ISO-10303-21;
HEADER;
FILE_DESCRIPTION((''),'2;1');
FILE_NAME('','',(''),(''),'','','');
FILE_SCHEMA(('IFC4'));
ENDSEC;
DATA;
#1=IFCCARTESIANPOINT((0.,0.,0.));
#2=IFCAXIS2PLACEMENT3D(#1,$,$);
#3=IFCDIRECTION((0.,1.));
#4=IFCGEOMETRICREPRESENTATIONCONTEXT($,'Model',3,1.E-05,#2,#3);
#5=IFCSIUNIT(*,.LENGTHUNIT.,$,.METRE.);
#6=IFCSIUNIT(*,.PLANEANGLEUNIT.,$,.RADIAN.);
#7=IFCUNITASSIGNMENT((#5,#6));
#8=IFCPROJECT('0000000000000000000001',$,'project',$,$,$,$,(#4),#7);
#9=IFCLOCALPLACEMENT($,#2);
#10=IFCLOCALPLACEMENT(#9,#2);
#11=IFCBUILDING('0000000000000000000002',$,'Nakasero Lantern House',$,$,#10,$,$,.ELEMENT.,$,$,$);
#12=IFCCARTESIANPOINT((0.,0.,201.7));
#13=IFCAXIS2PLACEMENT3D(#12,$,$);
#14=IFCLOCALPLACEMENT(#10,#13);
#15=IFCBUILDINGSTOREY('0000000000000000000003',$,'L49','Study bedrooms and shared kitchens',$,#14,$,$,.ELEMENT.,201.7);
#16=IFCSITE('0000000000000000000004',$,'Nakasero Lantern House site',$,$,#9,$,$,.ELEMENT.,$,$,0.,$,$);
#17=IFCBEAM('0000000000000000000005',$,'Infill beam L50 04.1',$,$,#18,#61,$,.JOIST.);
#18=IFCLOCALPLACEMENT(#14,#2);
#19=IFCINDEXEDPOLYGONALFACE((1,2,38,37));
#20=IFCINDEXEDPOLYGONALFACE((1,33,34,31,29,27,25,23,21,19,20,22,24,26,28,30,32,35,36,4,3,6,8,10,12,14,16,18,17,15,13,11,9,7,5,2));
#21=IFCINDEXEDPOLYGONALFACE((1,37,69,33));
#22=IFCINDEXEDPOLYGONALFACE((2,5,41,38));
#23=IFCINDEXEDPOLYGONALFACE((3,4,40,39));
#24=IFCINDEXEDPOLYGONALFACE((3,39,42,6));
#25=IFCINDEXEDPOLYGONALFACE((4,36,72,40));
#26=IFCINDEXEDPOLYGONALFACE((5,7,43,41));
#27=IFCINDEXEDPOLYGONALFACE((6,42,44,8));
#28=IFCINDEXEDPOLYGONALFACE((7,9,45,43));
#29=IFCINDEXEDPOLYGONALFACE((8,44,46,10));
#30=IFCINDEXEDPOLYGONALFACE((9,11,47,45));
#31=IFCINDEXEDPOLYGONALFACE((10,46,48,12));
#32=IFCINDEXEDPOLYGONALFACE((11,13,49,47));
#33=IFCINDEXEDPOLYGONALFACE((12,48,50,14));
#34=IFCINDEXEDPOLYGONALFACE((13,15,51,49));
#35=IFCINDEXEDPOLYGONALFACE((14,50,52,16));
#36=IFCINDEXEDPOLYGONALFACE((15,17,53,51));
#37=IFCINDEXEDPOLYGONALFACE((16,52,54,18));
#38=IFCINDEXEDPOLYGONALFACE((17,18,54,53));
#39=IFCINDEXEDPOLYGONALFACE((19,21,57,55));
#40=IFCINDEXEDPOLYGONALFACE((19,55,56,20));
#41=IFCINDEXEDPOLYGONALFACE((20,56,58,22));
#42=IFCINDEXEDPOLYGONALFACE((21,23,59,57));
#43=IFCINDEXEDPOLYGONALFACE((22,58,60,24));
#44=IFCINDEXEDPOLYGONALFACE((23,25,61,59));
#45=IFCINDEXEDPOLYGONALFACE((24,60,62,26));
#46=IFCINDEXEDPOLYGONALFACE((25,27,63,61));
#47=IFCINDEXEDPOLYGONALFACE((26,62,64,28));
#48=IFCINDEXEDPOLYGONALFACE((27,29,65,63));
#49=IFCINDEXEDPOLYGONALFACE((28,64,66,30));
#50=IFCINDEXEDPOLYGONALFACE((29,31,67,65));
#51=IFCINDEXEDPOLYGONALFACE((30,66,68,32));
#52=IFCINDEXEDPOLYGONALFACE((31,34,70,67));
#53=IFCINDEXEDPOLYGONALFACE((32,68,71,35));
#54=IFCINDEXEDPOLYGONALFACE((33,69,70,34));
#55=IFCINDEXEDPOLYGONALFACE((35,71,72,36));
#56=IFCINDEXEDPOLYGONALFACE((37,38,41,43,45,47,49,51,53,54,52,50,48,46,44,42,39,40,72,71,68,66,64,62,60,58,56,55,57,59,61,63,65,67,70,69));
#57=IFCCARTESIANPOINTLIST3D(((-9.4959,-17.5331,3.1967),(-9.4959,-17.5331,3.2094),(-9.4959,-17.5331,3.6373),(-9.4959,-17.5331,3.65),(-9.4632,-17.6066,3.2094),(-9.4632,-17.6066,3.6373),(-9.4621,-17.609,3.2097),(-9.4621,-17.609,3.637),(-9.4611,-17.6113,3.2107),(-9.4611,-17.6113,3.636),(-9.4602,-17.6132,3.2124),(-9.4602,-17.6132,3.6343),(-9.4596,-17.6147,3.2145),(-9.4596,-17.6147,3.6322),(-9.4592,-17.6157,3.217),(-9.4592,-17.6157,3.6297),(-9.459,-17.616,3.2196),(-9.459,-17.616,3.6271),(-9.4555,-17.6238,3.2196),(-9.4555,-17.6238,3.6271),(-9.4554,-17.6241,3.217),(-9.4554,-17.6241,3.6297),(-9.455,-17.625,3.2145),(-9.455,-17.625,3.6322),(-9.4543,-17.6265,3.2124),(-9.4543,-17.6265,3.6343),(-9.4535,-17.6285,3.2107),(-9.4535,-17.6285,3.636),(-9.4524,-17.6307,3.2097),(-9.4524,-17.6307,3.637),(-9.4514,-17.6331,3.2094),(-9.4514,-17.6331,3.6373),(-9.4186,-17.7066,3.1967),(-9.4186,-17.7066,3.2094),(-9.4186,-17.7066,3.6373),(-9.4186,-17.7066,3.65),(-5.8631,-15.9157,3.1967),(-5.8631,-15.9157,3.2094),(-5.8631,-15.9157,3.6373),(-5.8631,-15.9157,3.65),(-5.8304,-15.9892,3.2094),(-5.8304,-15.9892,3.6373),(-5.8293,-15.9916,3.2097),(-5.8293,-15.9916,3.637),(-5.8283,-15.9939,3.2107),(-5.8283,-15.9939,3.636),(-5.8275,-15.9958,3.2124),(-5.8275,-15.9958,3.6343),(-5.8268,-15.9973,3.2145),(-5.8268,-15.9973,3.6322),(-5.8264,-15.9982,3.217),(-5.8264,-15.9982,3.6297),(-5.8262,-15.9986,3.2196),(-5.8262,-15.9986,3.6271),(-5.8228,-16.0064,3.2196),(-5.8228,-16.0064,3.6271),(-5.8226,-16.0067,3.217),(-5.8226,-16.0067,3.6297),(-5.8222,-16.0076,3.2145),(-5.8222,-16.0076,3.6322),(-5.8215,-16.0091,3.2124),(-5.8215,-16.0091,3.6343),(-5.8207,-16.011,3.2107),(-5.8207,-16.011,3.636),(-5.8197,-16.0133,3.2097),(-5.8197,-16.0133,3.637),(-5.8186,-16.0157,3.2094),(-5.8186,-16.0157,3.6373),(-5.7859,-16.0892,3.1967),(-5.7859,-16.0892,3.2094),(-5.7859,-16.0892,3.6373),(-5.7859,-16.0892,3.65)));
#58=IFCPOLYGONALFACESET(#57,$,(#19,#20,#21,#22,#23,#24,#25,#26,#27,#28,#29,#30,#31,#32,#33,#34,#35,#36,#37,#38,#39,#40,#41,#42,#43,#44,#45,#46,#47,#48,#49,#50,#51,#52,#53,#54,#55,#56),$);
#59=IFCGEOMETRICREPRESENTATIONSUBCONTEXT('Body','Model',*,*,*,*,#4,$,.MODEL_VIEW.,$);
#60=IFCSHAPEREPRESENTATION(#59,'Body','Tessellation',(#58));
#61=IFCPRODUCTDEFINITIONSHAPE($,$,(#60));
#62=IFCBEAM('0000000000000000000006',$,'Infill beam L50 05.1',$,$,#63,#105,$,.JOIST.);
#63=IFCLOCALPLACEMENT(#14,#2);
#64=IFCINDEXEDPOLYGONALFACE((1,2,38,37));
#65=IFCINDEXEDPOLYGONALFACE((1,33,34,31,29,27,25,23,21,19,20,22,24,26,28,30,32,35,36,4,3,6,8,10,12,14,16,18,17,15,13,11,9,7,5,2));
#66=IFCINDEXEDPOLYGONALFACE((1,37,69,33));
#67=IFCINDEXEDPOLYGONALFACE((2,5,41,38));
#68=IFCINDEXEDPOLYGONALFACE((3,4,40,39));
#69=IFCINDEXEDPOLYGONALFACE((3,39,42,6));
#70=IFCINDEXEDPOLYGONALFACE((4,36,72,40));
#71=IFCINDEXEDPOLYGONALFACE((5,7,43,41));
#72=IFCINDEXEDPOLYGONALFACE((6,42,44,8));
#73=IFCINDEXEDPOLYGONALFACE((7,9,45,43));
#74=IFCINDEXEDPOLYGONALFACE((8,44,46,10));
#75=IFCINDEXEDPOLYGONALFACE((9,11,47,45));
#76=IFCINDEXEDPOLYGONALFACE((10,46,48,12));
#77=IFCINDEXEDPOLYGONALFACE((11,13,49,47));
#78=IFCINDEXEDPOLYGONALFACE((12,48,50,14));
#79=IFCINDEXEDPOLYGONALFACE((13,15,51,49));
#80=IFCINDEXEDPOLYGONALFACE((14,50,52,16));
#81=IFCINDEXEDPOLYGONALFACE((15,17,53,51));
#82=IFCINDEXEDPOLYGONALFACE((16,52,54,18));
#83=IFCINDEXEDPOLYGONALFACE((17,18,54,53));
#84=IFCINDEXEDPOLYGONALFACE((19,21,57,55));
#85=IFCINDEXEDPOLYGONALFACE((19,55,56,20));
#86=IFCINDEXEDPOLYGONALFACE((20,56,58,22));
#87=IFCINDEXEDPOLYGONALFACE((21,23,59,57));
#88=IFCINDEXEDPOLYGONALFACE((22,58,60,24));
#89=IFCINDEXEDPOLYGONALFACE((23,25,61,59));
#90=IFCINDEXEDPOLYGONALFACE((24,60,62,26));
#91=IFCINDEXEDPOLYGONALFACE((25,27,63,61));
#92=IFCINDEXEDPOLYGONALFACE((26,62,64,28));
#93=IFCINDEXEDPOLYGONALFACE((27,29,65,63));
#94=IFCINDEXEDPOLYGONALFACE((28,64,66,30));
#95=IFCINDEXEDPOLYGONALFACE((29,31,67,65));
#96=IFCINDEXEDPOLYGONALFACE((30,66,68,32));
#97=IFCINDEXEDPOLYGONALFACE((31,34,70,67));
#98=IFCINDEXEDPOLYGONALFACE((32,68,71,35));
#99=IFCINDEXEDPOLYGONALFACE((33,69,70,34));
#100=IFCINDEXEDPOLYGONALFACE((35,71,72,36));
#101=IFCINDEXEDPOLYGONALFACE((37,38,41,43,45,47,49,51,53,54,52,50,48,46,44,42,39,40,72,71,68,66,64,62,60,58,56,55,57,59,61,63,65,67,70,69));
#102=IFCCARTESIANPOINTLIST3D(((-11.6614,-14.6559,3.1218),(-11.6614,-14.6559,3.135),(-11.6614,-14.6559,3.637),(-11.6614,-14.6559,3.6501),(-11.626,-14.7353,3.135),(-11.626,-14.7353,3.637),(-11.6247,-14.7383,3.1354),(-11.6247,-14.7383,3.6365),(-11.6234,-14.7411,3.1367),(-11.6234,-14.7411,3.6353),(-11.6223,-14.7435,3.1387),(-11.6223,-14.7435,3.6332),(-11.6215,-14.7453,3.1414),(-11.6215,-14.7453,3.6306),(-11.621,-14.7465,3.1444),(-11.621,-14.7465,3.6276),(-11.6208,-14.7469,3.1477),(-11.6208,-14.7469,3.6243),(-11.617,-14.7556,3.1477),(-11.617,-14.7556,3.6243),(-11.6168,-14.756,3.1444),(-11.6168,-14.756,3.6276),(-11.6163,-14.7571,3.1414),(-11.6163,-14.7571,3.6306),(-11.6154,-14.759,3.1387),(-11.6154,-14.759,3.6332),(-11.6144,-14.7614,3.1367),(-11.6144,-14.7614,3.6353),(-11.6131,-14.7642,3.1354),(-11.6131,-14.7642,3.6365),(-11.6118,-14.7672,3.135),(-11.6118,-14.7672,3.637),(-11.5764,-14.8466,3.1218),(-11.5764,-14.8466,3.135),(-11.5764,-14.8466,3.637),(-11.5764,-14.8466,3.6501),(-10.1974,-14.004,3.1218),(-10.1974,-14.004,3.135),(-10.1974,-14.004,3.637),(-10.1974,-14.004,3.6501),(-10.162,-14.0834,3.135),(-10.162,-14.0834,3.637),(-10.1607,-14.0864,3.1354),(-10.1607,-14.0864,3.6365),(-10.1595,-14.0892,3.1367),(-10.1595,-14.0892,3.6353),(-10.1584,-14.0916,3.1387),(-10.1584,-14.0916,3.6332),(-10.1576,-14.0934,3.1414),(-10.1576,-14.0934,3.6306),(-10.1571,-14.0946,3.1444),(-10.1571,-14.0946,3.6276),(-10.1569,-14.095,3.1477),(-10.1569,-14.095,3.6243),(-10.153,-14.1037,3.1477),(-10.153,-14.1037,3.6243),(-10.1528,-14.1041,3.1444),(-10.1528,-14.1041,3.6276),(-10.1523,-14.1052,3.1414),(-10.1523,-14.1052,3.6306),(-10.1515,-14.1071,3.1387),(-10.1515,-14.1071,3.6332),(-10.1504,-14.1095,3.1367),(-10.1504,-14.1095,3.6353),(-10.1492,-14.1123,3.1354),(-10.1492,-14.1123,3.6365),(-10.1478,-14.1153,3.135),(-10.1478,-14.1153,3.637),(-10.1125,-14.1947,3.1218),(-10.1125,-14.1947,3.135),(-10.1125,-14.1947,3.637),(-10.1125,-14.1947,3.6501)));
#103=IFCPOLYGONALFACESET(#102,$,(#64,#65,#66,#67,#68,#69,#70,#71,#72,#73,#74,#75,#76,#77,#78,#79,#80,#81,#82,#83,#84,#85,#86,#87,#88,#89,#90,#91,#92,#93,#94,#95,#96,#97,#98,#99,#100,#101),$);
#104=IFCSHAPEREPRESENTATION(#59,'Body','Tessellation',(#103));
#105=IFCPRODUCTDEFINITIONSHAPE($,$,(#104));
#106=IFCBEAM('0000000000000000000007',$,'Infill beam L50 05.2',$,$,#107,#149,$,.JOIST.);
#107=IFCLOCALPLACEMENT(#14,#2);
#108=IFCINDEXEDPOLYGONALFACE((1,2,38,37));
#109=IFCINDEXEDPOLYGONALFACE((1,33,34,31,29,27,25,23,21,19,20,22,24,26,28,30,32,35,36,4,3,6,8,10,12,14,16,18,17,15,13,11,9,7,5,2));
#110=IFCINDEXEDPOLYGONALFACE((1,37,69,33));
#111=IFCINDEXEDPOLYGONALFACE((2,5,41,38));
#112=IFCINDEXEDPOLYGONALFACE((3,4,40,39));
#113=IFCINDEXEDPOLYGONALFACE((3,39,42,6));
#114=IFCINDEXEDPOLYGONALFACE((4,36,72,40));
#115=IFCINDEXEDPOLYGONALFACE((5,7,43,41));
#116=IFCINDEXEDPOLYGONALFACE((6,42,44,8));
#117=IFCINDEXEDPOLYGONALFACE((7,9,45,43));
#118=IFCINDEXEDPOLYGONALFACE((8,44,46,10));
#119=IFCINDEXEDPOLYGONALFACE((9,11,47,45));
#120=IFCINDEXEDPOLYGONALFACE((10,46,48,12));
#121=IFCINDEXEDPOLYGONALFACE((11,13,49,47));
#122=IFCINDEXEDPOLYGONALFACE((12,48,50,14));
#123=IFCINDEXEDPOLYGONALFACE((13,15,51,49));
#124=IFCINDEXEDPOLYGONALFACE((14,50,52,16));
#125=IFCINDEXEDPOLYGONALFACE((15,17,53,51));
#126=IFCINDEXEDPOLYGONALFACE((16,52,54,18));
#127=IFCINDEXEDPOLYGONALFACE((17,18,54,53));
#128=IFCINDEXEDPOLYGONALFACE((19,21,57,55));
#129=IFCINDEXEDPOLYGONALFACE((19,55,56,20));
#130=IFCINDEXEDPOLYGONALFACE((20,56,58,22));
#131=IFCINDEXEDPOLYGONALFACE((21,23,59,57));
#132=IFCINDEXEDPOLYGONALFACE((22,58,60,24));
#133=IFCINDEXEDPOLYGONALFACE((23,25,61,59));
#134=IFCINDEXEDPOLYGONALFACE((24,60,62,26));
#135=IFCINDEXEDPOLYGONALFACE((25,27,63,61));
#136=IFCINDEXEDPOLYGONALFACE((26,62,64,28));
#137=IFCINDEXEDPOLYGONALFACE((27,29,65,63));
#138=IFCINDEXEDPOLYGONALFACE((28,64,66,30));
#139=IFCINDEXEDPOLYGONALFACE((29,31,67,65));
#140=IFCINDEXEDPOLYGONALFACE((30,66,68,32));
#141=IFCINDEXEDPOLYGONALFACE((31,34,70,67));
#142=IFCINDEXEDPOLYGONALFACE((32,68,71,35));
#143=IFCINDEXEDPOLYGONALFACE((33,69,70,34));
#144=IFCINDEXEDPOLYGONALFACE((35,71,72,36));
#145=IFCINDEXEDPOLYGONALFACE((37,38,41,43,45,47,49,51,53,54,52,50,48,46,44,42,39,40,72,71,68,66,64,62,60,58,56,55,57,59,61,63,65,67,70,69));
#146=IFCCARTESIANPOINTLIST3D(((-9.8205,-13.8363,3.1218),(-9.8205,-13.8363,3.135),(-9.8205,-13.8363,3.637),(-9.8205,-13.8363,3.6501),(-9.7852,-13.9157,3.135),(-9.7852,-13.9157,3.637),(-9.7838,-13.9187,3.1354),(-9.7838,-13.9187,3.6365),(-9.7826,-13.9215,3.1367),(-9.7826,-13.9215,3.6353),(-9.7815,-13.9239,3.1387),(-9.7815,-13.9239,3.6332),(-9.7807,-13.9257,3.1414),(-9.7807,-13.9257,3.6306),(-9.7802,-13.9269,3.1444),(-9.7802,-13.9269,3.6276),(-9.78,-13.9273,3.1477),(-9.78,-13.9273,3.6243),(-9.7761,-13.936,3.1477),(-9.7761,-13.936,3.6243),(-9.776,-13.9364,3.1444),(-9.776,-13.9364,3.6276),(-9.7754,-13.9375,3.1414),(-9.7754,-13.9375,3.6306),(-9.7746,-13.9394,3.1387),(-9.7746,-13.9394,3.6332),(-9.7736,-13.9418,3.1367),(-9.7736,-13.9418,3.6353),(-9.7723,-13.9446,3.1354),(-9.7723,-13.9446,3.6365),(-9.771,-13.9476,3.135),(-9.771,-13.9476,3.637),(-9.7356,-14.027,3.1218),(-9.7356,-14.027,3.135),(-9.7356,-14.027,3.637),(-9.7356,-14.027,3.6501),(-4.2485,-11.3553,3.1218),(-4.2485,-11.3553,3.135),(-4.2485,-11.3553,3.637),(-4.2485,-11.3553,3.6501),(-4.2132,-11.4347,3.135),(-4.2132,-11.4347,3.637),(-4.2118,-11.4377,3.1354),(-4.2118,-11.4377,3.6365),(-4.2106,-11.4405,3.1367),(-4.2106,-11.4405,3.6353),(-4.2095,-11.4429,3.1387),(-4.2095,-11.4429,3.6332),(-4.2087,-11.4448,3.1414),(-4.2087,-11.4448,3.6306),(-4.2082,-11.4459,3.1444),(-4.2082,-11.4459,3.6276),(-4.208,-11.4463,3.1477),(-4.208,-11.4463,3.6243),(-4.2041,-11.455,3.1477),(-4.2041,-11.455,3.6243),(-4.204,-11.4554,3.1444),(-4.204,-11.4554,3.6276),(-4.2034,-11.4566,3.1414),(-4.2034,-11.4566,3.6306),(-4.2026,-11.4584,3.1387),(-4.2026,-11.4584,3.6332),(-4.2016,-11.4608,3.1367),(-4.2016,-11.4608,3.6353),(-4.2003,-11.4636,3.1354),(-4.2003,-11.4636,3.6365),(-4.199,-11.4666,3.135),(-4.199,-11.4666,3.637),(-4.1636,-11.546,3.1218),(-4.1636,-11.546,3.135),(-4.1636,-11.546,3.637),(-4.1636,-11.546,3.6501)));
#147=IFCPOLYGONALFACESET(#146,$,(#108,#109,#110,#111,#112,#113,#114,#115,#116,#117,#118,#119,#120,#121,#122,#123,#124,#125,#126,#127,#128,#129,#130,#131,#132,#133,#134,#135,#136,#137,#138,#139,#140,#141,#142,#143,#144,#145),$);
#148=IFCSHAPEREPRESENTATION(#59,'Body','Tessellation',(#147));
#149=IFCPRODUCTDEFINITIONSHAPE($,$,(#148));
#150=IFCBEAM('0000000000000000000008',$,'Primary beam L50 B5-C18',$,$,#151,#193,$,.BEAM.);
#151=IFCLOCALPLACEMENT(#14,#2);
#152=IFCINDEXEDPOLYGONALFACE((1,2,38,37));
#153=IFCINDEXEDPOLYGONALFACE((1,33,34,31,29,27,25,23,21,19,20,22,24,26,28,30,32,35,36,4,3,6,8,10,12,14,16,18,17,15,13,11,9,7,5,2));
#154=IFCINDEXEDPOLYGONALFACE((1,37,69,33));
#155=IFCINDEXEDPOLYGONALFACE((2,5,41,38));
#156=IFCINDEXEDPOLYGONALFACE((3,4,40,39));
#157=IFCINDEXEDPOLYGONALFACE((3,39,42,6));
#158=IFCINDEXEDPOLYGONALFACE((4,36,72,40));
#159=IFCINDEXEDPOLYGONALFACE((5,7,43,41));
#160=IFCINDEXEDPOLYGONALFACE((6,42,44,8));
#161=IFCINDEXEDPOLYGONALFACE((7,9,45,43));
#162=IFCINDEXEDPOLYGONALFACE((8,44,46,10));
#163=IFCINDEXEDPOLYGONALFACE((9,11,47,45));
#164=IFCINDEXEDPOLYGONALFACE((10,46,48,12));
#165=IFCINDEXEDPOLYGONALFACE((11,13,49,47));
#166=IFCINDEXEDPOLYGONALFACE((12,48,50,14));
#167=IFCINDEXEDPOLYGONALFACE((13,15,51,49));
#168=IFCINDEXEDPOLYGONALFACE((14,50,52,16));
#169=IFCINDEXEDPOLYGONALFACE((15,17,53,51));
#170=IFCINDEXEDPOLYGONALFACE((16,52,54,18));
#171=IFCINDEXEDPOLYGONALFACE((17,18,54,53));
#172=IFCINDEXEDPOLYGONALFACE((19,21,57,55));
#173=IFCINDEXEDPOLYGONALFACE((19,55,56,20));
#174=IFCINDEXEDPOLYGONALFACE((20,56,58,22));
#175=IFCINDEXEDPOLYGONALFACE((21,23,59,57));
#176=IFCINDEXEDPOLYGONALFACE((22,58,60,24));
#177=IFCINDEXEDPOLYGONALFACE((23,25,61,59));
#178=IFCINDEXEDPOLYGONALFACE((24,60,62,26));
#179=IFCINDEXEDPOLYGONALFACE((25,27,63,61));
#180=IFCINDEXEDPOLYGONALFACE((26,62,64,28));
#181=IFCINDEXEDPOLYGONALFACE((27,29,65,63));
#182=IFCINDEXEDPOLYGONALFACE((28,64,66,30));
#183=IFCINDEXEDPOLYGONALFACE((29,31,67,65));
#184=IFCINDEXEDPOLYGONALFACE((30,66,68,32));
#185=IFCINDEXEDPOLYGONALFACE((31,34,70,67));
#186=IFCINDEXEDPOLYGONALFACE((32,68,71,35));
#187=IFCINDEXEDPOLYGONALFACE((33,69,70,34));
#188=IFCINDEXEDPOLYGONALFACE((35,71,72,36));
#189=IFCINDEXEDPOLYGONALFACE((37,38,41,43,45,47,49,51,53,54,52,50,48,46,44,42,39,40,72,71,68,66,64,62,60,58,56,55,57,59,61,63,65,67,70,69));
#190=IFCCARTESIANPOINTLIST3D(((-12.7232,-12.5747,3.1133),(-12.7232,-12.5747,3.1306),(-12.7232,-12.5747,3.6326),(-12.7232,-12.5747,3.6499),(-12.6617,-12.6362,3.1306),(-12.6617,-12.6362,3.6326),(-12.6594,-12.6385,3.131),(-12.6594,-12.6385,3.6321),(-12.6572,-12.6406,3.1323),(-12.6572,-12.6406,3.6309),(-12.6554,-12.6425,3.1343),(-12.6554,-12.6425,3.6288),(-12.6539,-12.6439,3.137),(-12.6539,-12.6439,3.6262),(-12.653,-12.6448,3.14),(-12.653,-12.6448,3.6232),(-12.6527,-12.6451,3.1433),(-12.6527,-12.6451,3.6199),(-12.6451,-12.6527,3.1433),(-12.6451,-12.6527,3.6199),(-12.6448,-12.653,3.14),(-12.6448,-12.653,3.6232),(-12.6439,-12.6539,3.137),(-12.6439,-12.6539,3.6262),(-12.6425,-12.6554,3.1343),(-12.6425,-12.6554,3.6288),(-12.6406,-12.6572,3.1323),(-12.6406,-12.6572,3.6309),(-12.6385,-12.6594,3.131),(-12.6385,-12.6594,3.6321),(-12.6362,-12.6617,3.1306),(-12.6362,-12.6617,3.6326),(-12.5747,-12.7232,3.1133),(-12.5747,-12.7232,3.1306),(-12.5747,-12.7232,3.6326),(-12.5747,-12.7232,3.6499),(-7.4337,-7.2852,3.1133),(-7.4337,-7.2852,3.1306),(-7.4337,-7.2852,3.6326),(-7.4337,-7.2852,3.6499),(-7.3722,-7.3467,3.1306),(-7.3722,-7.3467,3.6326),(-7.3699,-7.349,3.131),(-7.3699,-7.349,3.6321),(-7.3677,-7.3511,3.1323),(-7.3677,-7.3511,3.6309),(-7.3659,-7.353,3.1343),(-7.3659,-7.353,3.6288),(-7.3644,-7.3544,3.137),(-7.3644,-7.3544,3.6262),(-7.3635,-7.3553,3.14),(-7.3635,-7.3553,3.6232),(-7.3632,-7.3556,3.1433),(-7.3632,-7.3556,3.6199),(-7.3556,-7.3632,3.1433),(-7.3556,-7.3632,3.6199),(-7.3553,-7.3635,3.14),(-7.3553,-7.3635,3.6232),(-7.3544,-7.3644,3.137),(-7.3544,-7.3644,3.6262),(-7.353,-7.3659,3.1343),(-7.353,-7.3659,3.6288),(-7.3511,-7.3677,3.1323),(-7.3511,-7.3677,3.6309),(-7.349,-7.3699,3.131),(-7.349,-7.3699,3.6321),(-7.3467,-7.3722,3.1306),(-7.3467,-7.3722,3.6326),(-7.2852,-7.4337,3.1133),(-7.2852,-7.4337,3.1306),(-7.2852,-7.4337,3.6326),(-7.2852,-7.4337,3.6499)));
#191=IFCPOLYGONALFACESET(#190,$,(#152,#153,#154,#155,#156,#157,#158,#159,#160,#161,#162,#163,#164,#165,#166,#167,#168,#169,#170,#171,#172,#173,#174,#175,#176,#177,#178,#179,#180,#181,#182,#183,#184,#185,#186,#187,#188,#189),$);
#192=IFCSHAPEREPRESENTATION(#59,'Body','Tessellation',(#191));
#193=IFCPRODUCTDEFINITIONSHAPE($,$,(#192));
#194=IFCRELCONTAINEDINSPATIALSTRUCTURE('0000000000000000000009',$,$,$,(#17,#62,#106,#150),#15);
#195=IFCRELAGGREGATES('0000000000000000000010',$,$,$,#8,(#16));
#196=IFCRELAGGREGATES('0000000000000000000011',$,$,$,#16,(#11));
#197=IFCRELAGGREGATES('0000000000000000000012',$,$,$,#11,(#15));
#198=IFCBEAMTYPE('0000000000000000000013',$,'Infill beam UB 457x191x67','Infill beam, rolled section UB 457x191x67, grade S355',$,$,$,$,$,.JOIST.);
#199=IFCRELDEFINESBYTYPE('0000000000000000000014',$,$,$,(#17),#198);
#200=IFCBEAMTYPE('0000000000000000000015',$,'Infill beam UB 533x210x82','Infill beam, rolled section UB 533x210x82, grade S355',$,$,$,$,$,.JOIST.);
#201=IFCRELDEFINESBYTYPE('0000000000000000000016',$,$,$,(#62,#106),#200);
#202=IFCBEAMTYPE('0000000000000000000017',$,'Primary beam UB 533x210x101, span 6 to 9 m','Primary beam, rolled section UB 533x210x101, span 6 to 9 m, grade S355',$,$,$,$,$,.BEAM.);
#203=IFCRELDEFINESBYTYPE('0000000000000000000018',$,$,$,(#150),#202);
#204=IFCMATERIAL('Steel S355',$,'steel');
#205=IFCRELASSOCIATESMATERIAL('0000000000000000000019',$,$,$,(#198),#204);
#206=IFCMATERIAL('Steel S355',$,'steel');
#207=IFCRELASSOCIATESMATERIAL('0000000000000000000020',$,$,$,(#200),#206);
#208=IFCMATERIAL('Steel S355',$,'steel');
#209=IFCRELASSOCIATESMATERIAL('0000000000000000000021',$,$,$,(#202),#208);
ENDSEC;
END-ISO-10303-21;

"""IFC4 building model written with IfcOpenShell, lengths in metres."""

from ifc_helpers import new_model, si_unit, direction, frame, origin, origin_2d, place, context, subcontext, project, spatial, i_section, extrude, material, material_profile, profile_set, type_object, element, save


model = new_model("IFC4")

# Units and contexts
model_context = context("Model", 3, precision=1e-05, world=origin(), true_north=direction((0.0, 1.0)))
body_context = subcontext(model_context, "Body", "Model", "MODEL_VIEW")
ifc_project = project(units=[si_unit("LENGTHUNIT", "METRE"), si_unit("PLANEANGLEUNIT", "RADIAN")], contexts=[model_context])

# Site, building, storey
site_placement = place(None, origin())
site = spatial("IfcSite", under=ifc_project, at=site_placement, Name="Nakasero Lantern House site", CompositionType="ELEMENT", RefElevation=0.0)
building_placement = place(site_placement, origin())
building = spatial("IfcBuilding", under=site, at=building_placement, Name="Nakasero Lantern House", CompositionType="ELEMENT")
storey_placement = place(building_placement, frame((0.0, 0.0, 201.7)))
storey = spatial("IfcBuildingStorey", under=building, at=storey_placement, Name="L49", Description="Study bedrooms and shared kitchens", CompositionType="ELEMENT", Elevation=201.7)

# Beams
ifc_material_1 = material(Name="Steel S355", Category="steel")
ifc_material_profile_1 = material_profile(ifc_material_1, i_section(OverallWidth=0.1899, OverallDepth=0.4534, WebThickness=0.0085, FlangeThickness=0.0127, FilletRadius=0.0103, at=origin_2d()), Name="UB 457x191x67")
ifc_profile_set_1 = profile_set([ifc_material_profile_1], Name="Steel S355")
beam_type_1 = type_object("IfcBeamType", Name="Infill beam UB 457x191x67", Description="Infill beam, rolled section UB 457x191x67, grade S355", PredefinedType="JOIST", material=ifc_profile_set_1)
beam_1_placement = place(storey_placement, frame((-9.4573, -17.6199, 3.4233), z_axis=(0.913546, 0.406736, 0.0), x_axis=(-0.406736, 0.913546, 0.0)))
element("IfcBeam", 1, at=beam_1_placement, inside=storey, type_object=beam_type_1, Name="Infill beam L50 04.1", PredefinedType="JOIST", context=body_context, shape_type="SweptSolid", body=[
    extrude(i_section(OverallWidth=0.1899, OverallDepth=0.4534, WebThickness=0.0085, FlangeThickness=0.0127, FilletRadius=0.0103, at=origin_2d()), origin(), (0.0, 0.0, 1.0), 3.9766),
])
ifc_material_2 = material(Name="Steel S355", Category="steel")
ifc_material_profile_2 = material_profile(ifc_material_2, i_section(OverallWidth=0.2087, OverallDepth=0.5283, WebThickness=0.0095, FlangeThickness=0.0132, FilletRadius=0.0127, at=origin_2d()), Name="UB 533x210x82")
ifc_profile_set_2 = profile_set([ifc_material_profile_2], Name="Steel S355")
beam_type_2 = type_object("IfcBeamType", Name="Infill beam UB 533x210x82", Description="Infill beam, rolled section UB 533x210x82, grade S355", PredefinedType="JOIST", material=ifc_profile_set_2)
beam_2_placement = place(storey_placement, frame((-11.6189, -14.7512, 3.386), z_axis=(0.913522, 0.406789, 0.0), x_axis=(-0.406789, 0.913522, 0.0)))
element("IfcBeam", 2, at=beam_2_placement, inside=storey, type_object=beam_type_2, Name="Infill beam L50 05.1", PredefinedType="JOIST", context=body_context, shape_type="SweptSolid", body=[
    extrude(i_section(OverallWidth=0.2087, OverallDepth=0.5283, WebThickness=0.0095, FlangeThickness=0.0132, FilletRadius=0.0127, at=origin_2d()), origin(), (0.0, 0.0, 1.0), 1.6025),
])
beam_3_placement = place(storey_placement, frame((-9.7781, -13.9316, 3.386), z_axis=(0.913537, 0.406755, 0.0), x_axis=(-0.406755, 0.913537, 0.0)))
element("IfcBeam", 3, at=beam_3_placement, inside=storey, type_object=beam_type_2, Name="Infill beam L50 05.2", PredefinedType="JOIST", context=body_context, shape_type="SweptSolid", body=[
    extrude(i_section(OverallWidth=0.2087, OverallDepth=0.5283, WebThickness=0.0095, FlangeThickness=0.0132, FilletRadius=0.0127, at=origin_2d()), origin(), (0.0, 0.0, 1.0), 6.0994),
])
ifc_material_3 = material(Name="Steel S355", Category="steel")
ifc_material_profile_3 = material_profile(ifc_material_3, i_section(OverallWidth=0.21, OverallDepth=0.5366, WebThickness=0.0107, FlangeThickness=0.0173, FilletRadius=0.0127, at=origin_2d()), Name="UB 533x210x101")
ifc_profile_set_3 = profile_set([ifc_material_profile_3], Name="Steel S355")
beam_type_3 = type_object("IfcBeamType", Name="Primary beam UB 533x210x101, span 6 to 9 m", Description="Primary beam, rolled section UB 533x210x101, span 6 to 9 m, grade S355", PredefinedType="BEAM", material=ifc_profile_set_3)
beam_4_placement = place(storey_placement, frame((-12.6489, -12.6489, 3.3816), z_axis=(0.707107, 0.707107, 0.0), x_axis=(-0.707107, 0.707107, 0.0)))
element("IfcBeam", 4, at=beam_4_placement, inside=storey, type_object=beam_type_3, Name="Primary beam L50 B5-C18", PredefinedType="BEAM", context=body_context, shape_type="SweptSolid", body=[
    extrude(i_section(OverallWidth=0.21, OverallDepth=0.5366, WebThickness=0.0107, FlangeThickness=0.0173, FilletRadius=0.0127, at=origin_2d()), origin(), (0.0, 0.0, 1.0), 7.4805),
])

save(model, "model.ifc")
